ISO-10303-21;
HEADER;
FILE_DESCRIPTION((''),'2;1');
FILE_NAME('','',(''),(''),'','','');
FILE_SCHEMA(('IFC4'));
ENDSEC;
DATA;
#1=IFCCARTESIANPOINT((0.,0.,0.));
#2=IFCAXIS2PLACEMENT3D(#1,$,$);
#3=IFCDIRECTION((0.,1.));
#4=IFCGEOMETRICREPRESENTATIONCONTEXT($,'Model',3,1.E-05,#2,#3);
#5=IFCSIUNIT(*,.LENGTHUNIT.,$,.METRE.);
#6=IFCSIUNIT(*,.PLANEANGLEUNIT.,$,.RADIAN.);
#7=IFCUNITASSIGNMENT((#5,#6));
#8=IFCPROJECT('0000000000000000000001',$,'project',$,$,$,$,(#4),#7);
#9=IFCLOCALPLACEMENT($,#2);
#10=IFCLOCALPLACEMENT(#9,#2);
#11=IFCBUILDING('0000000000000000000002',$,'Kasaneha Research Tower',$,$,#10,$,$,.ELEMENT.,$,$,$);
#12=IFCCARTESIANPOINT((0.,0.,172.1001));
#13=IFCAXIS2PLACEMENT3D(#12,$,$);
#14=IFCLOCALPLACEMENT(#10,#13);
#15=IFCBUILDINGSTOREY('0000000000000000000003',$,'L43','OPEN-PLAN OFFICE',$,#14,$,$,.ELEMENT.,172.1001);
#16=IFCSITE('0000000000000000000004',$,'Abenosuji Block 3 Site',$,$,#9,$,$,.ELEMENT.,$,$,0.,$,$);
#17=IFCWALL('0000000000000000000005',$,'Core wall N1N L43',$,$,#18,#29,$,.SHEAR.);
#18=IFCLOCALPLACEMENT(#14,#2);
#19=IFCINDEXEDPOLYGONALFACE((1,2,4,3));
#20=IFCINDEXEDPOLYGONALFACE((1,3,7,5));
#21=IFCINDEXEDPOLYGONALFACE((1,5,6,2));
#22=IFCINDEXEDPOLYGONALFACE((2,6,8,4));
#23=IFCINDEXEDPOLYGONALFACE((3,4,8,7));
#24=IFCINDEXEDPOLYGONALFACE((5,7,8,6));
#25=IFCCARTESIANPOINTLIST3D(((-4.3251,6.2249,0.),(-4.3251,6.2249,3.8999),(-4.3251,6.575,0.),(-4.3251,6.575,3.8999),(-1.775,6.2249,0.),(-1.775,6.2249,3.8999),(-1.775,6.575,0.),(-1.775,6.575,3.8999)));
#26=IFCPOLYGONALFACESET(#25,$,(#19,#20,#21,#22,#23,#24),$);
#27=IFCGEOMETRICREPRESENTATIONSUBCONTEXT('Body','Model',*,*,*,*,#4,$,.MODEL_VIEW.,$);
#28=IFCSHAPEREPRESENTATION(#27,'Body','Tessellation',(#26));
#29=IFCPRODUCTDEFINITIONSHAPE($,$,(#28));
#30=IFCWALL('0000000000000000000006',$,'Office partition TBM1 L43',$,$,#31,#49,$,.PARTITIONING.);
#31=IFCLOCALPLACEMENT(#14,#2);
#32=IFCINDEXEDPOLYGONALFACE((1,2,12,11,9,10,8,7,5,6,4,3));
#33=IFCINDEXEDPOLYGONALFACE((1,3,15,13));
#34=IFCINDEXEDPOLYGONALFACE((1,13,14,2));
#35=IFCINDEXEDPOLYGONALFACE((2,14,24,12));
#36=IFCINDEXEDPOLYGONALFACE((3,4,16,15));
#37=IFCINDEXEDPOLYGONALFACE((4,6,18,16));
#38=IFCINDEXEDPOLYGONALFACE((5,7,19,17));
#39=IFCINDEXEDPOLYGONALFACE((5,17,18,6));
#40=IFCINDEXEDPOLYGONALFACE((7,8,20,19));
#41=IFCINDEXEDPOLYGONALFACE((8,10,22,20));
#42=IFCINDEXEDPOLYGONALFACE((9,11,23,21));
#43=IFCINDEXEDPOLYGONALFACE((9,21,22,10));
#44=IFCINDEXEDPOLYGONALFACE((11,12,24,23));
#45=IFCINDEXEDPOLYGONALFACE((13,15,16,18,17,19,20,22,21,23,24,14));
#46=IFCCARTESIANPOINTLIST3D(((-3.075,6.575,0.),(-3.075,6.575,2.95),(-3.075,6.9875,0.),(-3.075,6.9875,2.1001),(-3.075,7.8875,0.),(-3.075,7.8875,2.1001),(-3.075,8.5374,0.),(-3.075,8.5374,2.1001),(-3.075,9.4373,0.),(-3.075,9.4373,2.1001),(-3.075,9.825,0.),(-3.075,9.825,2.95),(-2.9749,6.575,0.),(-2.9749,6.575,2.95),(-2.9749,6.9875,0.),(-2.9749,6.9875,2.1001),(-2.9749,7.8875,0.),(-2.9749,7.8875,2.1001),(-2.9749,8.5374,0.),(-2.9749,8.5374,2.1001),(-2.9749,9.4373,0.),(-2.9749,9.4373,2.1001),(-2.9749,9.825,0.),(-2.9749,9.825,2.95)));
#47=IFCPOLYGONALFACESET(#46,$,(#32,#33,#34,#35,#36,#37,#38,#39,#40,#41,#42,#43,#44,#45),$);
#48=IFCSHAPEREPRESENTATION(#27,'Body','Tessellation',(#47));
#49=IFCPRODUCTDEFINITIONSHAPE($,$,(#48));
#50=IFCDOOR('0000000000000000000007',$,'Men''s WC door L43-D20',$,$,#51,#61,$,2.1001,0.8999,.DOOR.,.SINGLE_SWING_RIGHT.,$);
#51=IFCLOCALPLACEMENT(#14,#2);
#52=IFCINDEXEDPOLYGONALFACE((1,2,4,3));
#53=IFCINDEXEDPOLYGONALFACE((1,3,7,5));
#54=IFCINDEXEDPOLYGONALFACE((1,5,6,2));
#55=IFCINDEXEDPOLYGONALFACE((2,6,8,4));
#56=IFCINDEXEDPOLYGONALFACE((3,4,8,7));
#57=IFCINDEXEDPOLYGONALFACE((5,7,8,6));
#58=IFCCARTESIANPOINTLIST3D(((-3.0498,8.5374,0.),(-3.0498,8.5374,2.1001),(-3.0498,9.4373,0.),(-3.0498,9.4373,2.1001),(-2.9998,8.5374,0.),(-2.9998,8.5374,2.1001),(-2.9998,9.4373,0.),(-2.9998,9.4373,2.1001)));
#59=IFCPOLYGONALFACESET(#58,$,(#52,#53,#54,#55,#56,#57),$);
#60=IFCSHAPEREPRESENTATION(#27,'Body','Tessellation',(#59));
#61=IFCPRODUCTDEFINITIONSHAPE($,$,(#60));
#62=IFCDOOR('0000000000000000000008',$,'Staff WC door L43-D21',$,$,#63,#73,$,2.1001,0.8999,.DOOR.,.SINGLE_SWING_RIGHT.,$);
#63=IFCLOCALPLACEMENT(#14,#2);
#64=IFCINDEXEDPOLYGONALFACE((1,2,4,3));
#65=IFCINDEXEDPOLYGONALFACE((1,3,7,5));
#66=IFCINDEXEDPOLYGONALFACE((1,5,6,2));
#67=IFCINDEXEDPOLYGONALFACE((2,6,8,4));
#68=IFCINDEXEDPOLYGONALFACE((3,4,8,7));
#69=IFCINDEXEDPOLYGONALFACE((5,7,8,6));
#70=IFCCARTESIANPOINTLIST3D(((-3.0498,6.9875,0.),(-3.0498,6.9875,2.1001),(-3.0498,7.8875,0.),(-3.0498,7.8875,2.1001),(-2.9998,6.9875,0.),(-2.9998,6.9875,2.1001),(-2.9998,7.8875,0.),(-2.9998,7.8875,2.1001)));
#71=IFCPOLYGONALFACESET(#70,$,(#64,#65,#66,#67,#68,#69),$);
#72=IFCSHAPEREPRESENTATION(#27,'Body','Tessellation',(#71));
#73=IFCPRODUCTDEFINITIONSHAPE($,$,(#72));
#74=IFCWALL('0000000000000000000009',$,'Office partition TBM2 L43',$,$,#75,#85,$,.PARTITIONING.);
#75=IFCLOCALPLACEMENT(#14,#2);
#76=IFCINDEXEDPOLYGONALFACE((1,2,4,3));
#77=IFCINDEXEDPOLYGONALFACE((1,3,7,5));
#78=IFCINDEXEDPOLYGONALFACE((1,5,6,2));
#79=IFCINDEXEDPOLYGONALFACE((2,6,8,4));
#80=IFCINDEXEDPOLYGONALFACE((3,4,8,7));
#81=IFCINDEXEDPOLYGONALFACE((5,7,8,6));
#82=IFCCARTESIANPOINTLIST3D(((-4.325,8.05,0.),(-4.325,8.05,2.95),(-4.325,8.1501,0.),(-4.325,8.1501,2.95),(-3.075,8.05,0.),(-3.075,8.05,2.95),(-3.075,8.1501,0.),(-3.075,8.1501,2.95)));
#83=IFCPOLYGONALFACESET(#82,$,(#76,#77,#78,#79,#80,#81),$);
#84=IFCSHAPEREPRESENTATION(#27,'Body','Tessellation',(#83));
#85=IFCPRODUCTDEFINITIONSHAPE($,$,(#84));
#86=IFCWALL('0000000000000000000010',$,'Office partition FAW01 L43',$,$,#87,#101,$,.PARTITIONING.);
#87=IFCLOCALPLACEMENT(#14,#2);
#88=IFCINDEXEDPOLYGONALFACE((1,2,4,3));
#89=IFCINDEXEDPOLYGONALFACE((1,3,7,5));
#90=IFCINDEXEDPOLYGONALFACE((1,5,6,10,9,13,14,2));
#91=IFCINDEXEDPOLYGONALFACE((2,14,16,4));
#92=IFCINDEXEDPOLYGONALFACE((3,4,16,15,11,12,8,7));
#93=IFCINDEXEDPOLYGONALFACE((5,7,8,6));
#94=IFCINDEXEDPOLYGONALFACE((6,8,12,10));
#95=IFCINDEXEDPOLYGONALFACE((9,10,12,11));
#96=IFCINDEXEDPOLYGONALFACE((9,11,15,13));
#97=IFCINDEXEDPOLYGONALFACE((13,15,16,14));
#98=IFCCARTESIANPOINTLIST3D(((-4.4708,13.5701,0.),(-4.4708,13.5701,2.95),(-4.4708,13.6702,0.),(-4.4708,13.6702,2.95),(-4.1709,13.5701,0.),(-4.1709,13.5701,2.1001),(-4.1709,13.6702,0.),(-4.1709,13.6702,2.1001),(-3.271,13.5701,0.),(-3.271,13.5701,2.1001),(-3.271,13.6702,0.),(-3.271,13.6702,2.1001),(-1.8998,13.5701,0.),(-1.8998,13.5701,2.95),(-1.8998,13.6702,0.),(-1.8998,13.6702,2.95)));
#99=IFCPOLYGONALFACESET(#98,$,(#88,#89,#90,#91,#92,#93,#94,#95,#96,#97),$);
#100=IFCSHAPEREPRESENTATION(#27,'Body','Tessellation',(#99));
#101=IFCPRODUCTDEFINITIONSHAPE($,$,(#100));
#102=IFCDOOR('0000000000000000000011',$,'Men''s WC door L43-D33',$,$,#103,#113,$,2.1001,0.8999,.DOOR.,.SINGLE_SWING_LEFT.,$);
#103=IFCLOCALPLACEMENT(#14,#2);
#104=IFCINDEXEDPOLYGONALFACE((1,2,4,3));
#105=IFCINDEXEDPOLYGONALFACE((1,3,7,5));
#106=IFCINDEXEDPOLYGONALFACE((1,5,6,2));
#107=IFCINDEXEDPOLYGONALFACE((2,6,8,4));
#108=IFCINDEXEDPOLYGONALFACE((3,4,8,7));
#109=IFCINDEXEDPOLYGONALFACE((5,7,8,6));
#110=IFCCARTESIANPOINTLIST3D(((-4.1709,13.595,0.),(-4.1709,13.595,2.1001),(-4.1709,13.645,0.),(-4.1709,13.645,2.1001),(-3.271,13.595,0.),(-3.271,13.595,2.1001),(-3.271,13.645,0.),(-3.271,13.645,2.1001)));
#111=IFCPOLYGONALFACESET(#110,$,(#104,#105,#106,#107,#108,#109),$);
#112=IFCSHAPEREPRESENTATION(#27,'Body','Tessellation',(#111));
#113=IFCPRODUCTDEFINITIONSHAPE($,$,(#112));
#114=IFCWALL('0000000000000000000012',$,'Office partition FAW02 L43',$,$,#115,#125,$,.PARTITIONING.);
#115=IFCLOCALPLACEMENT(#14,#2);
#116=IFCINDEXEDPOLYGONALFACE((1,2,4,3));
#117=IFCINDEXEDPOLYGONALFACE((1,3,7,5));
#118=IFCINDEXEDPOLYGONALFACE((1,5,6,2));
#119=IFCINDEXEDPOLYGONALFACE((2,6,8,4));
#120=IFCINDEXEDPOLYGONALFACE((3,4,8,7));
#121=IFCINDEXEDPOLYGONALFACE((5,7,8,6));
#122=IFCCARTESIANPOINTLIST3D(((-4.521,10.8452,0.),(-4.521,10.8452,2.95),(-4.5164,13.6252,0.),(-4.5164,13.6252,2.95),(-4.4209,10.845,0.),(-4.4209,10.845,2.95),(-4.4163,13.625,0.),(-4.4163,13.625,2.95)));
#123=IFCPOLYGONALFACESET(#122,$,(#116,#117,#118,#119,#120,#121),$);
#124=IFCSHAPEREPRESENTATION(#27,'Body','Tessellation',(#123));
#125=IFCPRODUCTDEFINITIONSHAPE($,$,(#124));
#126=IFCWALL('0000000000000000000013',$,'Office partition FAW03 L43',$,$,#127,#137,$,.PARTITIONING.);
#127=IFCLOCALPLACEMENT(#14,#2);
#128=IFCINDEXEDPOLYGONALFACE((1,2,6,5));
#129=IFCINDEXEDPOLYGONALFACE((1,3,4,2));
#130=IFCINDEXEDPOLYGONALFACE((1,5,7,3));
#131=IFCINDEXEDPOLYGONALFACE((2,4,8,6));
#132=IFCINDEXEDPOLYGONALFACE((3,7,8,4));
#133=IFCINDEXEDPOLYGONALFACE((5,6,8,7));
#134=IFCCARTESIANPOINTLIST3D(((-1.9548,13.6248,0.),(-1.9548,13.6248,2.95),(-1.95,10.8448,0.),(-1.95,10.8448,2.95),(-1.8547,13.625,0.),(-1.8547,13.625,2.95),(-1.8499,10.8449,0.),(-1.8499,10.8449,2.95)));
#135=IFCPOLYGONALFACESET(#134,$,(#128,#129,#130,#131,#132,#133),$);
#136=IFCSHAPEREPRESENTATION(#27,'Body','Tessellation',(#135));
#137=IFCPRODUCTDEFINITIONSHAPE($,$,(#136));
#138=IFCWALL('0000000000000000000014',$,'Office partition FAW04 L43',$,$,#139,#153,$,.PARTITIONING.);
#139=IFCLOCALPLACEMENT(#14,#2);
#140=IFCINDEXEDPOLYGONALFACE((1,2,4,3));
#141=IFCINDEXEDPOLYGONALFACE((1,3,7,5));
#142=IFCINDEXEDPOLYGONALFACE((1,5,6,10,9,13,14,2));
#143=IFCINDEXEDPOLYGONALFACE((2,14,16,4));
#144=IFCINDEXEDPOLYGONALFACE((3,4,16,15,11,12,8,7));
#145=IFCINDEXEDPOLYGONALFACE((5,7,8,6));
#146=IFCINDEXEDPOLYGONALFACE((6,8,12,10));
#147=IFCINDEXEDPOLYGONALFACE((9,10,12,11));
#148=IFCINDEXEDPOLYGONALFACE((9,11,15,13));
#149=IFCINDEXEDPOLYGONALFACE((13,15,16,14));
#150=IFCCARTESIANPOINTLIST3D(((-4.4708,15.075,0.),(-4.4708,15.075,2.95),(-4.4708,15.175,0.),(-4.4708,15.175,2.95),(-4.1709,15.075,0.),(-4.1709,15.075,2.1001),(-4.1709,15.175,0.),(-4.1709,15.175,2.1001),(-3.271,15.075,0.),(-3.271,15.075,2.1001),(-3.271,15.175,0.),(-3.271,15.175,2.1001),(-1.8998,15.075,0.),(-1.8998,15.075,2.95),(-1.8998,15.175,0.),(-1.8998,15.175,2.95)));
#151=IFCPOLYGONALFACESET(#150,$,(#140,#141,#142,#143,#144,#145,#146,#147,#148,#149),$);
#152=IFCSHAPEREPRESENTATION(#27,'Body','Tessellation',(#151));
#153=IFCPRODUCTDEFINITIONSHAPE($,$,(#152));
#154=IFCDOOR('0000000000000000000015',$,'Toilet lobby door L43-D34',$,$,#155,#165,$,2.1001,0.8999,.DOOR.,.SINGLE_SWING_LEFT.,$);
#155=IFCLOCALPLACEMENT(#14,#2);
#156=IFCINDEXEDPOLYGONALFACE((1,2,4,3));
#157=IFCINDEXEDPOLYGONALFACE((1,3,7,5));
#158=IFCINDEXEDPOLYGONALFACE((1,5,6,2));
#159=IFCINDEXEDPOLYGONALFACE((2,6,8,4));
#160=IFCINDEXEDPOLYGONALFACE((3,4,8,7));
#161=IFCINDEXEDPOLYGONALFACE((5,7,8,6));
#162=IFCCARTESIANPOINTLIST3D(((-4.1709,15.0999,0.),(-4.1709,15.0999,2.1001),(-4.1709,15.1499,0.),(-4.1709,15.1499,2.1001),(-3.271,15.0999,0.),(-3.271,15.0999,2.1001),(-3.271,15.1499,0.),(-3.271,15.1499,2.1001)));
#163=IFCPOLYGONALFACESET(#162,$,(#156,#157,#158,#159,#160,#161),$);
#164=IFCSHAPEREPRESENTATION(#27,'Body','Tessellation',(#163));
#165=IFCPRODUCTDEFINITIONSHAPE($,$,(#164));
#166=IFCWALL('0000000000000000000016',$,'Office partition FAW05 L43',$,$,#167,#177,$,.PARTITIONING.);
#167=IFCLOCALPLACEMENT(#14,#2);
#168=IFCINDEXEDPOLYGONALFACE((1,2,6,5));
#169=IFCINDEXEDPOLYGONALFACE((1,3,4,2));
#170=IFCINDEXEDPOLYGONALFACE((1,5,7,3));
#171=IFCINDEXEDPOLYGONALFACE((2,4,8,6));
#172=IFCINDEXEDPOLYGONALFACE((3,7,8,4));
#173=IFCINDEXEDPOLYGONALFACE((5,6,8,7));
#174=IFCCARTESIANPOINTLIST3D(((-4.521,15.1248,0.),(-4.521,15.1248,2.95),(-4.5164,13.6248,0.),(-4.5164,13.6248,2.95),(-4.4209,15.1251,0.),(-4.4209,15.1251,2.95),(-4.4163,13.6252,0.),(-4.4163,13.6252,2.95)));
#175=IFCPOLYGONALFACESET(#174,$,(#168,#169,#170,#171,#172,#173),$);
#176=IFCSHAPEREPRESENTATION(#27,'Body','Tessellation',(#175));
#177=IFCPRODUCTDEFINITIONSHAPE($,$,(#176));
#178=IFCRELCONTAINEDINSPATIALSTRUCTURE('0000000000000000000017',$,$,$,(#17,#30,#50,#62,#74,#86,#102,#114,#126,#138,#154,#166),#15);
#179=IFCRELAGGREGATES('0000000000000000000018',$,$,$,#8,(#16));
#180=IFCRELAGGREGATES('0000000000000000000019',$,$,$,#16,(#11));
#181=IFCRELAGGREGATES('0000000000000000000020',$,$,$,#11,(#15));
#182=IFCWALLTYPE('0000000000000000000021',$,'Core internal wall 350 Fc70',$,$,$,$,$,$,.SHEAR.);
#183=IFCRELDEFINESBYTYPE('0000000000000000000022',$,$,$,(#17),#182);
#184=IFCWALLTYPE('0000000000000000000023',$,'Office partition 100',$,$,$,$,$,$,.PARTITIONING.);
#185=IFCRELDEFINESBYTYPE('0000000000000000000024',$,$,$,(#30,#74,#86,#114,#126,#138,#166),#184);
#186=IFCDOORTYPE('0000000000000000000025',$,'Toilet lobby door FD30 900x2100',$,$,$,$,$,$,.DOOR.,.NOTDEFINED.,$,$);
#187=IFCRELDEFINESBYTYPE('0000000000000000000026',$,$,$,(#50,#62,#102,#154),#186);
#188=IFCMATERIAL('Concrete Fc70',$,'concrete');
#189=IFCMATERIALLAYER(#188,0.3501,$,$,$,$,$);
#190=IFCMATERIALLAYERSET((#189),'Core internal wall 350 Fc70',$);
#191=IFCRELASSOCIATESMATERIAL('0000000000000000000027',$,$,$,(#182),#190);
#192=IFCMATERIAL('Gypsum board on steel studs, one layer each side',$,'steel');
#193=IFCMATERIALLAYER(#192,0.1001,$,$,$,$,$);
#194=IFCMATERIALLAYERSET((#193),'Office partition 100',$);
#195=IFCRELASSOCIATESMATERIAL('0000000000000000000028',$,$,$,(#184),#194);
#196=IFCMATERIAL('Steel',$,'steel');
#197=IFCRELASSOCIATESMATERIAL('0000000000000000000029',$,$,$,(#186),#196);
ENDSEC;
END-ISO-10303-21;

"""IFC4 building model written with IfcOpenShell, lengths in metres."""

from ifc_helpers import new_model, si_unit, direction, frame, frame_2d, origin, place, context, subcontext, project, spatial, rectangle, extrude, material, layer, layer_set, type_object, element, fill, save


model = new_model("IFC4")

# Units and contexts
model_context = context("Model", 3, precision=1e-05, world=origin(), true_north=direction((0.0, 1.0)))
body_context = subcontext(model_context, "Body", "Model", "MODEL_VIEW")
ifc_project = project(units=[si_unit("LENGTHUNIT", "METRE"), si_unit("PLANEANGLEUNIT", "RADIAN")], contexts=[model_context])

# Site, building, storey
site_placement = place(None, origin())
site = spatial("IfcSite", under=ifc_project, at=site_placement, Name="Abenosuji Block 3 Site", CompositionType="ELEMENT", RefElevation=0.0)
building_placement = place(site_placement, origin())
building = spatial("IfcBuilding", under=site, at=building_placement, Name="Kasaneha Research Tower", CompositionType="ELEMENT")
storey_placement = place(building_placement, frame((0.0, 0.0, 172.1001)))
storey = spatial("IfcBuildingStorey", under=building, at=storey_placement, Name="L43", Description="OPEN-PLAN OFFICE", CompositionType="ELEMENT", Elevation=172.1001)

# Wall
ifc_material_1 = material(Name="Concrete Fc70", Category="concrete")
ifc_layer_1 = layer(ifc_material_1, 0.3501)
ifc_layer_set_1 = layer_set([ifc_layer_1], Name="Core internal wall 350 Fc70")
wall_type_1 = type_object("IfcWallType", Name="Core internal wall 350 Fc70", PredefinedType="SHEAR", material=ifc_layer_set_1)
wall_1_placement = place(storey_placement, frame((-4.325, 6.3999, 0.0), z_axis=(0.0, 0.0, 1.0), x_axis=(1.0, 0.0, 0.0)))
element("IfcWall", 1, at=wall_1_placement, inside=storey, type_object=wall_type_1, Name="Core wall N1N L43", PredefinedType="SHEAR", context=body_context, shape_type="SweptSolid", body=[
    extrude(rectangle(XDim=2.55, YDim=0.3501, at=frame_2d((1.2749, 0.0))), origin(), (0.0, 0.0, 1.0), 3.8999),
])

# Wall, openings, doors
ifc_material_2 = material(Name="Gypsum board on steel studs, one layer each side", Category="steel")
ifc_layer_2 = layer(ifc_material_2, 0.1001)
ifc_layer_set_2 = layer_set([ifc_layer_2], Name="Office partition 100")
wall_type_2 = type_object("IfcWallType", Name="Office partition 100", PredefinedType="PARTITIONING", material=ifc_layer_set_2)
wall_2_placement = place(storey_placement, frame((-3.0249, 6.575, 0.0), z_axis=(0.0, 0.0, 1.0), x_axis=(0.0, 1.0, 0.0)))
wall_2 = element("IfcWall", 2, at=wall_2_placement, inside=storey, type_object=wall_type_2, Name="Office partition TBM1 L43", PredefinedType="PARTITIONING", context=body_context, shape_type="SweptSolid", body=[
    extrude(rectangle(XDim=3.25, YDim=0.1001, at=frame_2d((1.625, 0.0))), origin(), (0.0, 0.0, 1.0), 2.95),
])
opening_1_placement = place(wall_2_placement, frame((1.9624, 0.0, 0.0)))
opening_1 = element("IfcOpeningElement", 3, at=opening_1_placement, cuts=wall_2, PredefinedType="OPENING", context=body_context, shape_type="SweptSolid", body=[
    extrude(rectangle(XDim=0.8999, YDim=2.1001, at=frame_2d((0.45, 1.05))), frame((0.0, 0.0601, 0.0), z_axis=(0.0, -1.0, 0.0), x_axis=(1.0, 0.0, 0.0)), (0.0, 0.0, 1.0), 0.1201),
])
opening_2_placement = place(wall_2_placement, frame((0.4126, 0.0, 0.0)))
opening_2 = element("IfcOpeningElement", 4, at=opening_2_placement, cuts=wall_2, PredefinedType="OPENING", context=body_context, shape_type="SweptSolid", body=[
    extrude(rectangle(XDim=0.8999, YDim=2.1001, at=frame_2d((0.45, 1.05))), frame((0.0, 0.0601, 0.0), z_axis=(0.0, -1.0, 0.0), x_axis=(1.0, 0.0, 0.0)), (0.0, 0.0, 1.0), 0.1201),
])
ifc_material_3 = material(Name="Steel", Category="steel")
door_type_1 = type_object("IfcDoorType", Name="Toilet lobby door FD30 900x2100", OperationType="NOTDEFINED", PredefinedType="DOOR", material=ifc_material_3)
door_1_placement = place(opening_1_placement, origin())
door_1 = element("IfcDoor", 5, at=door_1_placement, inside=storey, type_object=door_type_1, Name="Men's WC door L43-D20", OperationType="SINGLE_SWING_RIGHT", OverallHeight=2.1001, OverallWidth=0.8999, PredefinedType="DOOR", context=body_context, shape_type="SweptSolid", body=[
    extrude(rectangle(XDim=0.8999, YDim=2.1001, at=frame_2d((0.45, 1.05))), frame((0.0, 0.0249, 0.0), z_axis=(0.0, -1.0, 0.0), x_axis=(1.0, 0.0, 0.0)), (0.0, 0.0, 1.0), 0.05),
])
fill(opening_1, door_1)
door_2_placement = place(opening_2_placement, origin())
door_2 = element("IfcDoor", 6, at=door_2_placement, inside=storey, type_object=door_type_1, Name="Staff WC door L43-D21", OperationType="SINGLE_SWING_RIGHT", OverallHeight=2.1001, OverallWidth=0.8999, PredefinedType="DOOR", context=body_context, shape_type="SweptSolid", body=[
    extrude(rectangle(XDim=0.8999, YDim=2.1001, at=frame_2d((0.45, 1.05))), frame((0.0, 0.0249, 0.0), z_axis=(0.0, -1.0, 0.0), x_axis=(1.0, 0.0, 0.0)), (0.0, 0.0, 1.0), 0.05),
])
fill(opening_2, door_2)

# Wall
wall_3_placement = place(storey_placement, frame((-3.075, 8.1001, 0.0), z_axis=(0.0, 0.0, 1.0), x_axis=(-1.0, 0.0, 0.0)))
element("IfcWall", 7, at=wall_3_placement, inside=storey, type_object=wall_type_2, Name="Office partition TBM2 L43", PredefinedType="PARTITIONING", context=body_context, shape_type="SweptSolid", body=[
    extrude(rectangle(XDim=1.25, YDim=0.1001, at=frame_2d((0.625, 0.0))), origin(), (0.0, 0.0, 1.0), 2.95),
])

# Wall, opening, door
wall_4_placement = place(storey_placement, frame((-4.4709, 13.6201, 0.0), z_axis=(0.0, 0.0, 1.0), x_axis=(1.0, 0.0, 0.0)))
wall_4 = element("IfcWall", 8, at=wall_4_placement, inside=storey, type_object=wall_type_2, Name="Office partition FAW01 L43", PredefinedType="PARTITIONING", context=body_context, shape_type="SweptSolid", body=[
    extrude(rectangle(XDim=2.571, YDim=0.1001, at=frame_2d((1.2856, 0.0))), origin(), (0.0, 0.0, 1.0), 2.95),
])
opening_3_placement = place(wall_4_placement, frame((0.3, 0.0, 0.0)))
opening_3 = element("IfcOpeningElement", 9, at=opening_3_placement, cuts=wall_4, PredefinedType="OPENING", context=body_context, shape_type="SweptSolid", body=[
    extrude(rectangle(XDim=0.8999, YDim=2.1001, at=frame_2d((0.45, 1.05))), frame((0.0, 0.0601, 0.0), z_axis=(0.0, -1.0, 0.0), x_axis=(1.0, 0.0, 0.0)), (0.0, 0.0, 1.0), 0.1201),
])
door_3_placement = place(opening_3_placement, origin())
door_3 = element("IfcDoor", 10, at=door_3_placement, inside=storey, type_object=door_type_1, Name="Men's WC door L43-D33", OperationType="SINGLE_SWING_LEFT", OverallHeight=2.1001, OverallWidth=0.8999, PredefinedType="DOOR", context=body_context, shape_type="SweptSolid", body=[
    extrude(rectangle(XDim=0.8999, YDim=2.1001, at=frame_2d((0.45, 1.05))), frame((0.0, 0.0249, 0.0), z_axis=(0.0, -1.0, 0.0), x_axis=(1.0, 0.0, 0.0)), (0.0, 0.0, 1.0), 0.05),
])
fill(opening_3, door_3)

# Walls
for number, where, z_axis, x_axis, name in (
    (11, (-4.4709, 10.845, 0.0), (0.0, 0.0, 1.0), (0.001669, 0.999999, 0.0), "Office partition FAW02 L43"),
    (12, (-1.9048, 13.625, 0.0), (0.0, 0.0, 1.0), (0.001756, -0.999998, 0.0), "Office partition FAW03 L43"),
):
    element("IfcWall", number, at=place(storey_placement, frame(where, z_axis=z_axis, x_axis=x_axis)), inside=storey, type_object=wall_type_2, Name=name, PredefinedType="PARTITIONING", context=body_context, shape_type="SweptSolid", body=[
        extrude(rectangle(XDim=2.78, YDim=0.1001, at=frame_2d((1.3901, 0.0))), origin(), (0.0, 0.0, 1.0), 2.95),
    ])

# Wall, opening, door
wall_5_placement = place(storey_placement, frame((-4.4709, 15.125, 0.0), z_axis=(0.0, 0.0, 1.0), x_axis=(1.0, 0.0, 0.0)))
wall_5 = element("IfcWall", 13, at=wall_5_placement, inside=storey, type_object=wall_type_2, Name="Office partition FAW04 L43", PredefinedType="PARTITIONING", context=body_context, shape_type="SweptSolid", body=[
    extrude(rectangle(XDim=2.571, YDim=0.1001, at=frame_2d((1.2856, 0.0))), origin(), (0.0, 0.0, 1.0), 2.95),
])
opening_4_placement = place(wall_5_placement, frame((0.3, 0.0, 0.0)))
opening_4 = element("IfcOpeningElement", 14, at=opening_4_placement, cuts=wall_5, PredefinedType="OPENING", context=body_context, shape_type="SweptSolid", body=[
    extrude(rectangle(XDim=0.8999, YDim=2.1001, at=frame_2d((0.45, 1.05))), frame((0.0, 0.0601, 0.0), z_axis=(0.0, -1.0, 0.0), x_axis=(1.0, 0.0, 0.0)), (0.0, 0.0, 1.0), 0.1201),
])
door_4_placement = place(opening_4_placement, origin())
door_4 = element("IfcDoor", 15, at=door_4_placement, inside=storey, type_object=door_type_1, Name="Toilet lobby door L43-D34", OperationType="SINGLE_SWING_LEFT", OverallHeight=2.1001, OverallWidth=0.8999, PredefinedType="DOOR", context=body_context, shape_type="SweptSolid", body=[
    extrude(rectangle(XDim=0.8999, YDim=2.1001, at=frame_2d((0.45, 1.05))), frame((0.0, 0.0249, 0.0), z_axis=(0.0, -1.0, 0.0), x_axis=(1.0, 0.0, 0.0)), (0.0, 0.0, 1.0), 0.05),
])
fill(opening_4, door_4)

# Wall
wall_6_placement = place(storey_placement, frame((-4.4663, 13.625, 0.0), z_axis=(0.0, 0.0, 1.0), x_axis=(-0.003092, 0.999995, 0.0)))
element("IfcWall", 16, at=wall_6_placement, inside=storey, type_object=wall_type_2, Name="Office partition FAW05 L43", PredefinedType="PARTITIONING", context=body_context, shape_type="SweptSolid", body=[
    extrude(rectangle(XDim=1.5, YDim=0.1001, at=frame_2d((0.75, 0.0))), origin(), (0.0, 0.0, 1.0), 2.95),
])

save(model, "model.ifc")
